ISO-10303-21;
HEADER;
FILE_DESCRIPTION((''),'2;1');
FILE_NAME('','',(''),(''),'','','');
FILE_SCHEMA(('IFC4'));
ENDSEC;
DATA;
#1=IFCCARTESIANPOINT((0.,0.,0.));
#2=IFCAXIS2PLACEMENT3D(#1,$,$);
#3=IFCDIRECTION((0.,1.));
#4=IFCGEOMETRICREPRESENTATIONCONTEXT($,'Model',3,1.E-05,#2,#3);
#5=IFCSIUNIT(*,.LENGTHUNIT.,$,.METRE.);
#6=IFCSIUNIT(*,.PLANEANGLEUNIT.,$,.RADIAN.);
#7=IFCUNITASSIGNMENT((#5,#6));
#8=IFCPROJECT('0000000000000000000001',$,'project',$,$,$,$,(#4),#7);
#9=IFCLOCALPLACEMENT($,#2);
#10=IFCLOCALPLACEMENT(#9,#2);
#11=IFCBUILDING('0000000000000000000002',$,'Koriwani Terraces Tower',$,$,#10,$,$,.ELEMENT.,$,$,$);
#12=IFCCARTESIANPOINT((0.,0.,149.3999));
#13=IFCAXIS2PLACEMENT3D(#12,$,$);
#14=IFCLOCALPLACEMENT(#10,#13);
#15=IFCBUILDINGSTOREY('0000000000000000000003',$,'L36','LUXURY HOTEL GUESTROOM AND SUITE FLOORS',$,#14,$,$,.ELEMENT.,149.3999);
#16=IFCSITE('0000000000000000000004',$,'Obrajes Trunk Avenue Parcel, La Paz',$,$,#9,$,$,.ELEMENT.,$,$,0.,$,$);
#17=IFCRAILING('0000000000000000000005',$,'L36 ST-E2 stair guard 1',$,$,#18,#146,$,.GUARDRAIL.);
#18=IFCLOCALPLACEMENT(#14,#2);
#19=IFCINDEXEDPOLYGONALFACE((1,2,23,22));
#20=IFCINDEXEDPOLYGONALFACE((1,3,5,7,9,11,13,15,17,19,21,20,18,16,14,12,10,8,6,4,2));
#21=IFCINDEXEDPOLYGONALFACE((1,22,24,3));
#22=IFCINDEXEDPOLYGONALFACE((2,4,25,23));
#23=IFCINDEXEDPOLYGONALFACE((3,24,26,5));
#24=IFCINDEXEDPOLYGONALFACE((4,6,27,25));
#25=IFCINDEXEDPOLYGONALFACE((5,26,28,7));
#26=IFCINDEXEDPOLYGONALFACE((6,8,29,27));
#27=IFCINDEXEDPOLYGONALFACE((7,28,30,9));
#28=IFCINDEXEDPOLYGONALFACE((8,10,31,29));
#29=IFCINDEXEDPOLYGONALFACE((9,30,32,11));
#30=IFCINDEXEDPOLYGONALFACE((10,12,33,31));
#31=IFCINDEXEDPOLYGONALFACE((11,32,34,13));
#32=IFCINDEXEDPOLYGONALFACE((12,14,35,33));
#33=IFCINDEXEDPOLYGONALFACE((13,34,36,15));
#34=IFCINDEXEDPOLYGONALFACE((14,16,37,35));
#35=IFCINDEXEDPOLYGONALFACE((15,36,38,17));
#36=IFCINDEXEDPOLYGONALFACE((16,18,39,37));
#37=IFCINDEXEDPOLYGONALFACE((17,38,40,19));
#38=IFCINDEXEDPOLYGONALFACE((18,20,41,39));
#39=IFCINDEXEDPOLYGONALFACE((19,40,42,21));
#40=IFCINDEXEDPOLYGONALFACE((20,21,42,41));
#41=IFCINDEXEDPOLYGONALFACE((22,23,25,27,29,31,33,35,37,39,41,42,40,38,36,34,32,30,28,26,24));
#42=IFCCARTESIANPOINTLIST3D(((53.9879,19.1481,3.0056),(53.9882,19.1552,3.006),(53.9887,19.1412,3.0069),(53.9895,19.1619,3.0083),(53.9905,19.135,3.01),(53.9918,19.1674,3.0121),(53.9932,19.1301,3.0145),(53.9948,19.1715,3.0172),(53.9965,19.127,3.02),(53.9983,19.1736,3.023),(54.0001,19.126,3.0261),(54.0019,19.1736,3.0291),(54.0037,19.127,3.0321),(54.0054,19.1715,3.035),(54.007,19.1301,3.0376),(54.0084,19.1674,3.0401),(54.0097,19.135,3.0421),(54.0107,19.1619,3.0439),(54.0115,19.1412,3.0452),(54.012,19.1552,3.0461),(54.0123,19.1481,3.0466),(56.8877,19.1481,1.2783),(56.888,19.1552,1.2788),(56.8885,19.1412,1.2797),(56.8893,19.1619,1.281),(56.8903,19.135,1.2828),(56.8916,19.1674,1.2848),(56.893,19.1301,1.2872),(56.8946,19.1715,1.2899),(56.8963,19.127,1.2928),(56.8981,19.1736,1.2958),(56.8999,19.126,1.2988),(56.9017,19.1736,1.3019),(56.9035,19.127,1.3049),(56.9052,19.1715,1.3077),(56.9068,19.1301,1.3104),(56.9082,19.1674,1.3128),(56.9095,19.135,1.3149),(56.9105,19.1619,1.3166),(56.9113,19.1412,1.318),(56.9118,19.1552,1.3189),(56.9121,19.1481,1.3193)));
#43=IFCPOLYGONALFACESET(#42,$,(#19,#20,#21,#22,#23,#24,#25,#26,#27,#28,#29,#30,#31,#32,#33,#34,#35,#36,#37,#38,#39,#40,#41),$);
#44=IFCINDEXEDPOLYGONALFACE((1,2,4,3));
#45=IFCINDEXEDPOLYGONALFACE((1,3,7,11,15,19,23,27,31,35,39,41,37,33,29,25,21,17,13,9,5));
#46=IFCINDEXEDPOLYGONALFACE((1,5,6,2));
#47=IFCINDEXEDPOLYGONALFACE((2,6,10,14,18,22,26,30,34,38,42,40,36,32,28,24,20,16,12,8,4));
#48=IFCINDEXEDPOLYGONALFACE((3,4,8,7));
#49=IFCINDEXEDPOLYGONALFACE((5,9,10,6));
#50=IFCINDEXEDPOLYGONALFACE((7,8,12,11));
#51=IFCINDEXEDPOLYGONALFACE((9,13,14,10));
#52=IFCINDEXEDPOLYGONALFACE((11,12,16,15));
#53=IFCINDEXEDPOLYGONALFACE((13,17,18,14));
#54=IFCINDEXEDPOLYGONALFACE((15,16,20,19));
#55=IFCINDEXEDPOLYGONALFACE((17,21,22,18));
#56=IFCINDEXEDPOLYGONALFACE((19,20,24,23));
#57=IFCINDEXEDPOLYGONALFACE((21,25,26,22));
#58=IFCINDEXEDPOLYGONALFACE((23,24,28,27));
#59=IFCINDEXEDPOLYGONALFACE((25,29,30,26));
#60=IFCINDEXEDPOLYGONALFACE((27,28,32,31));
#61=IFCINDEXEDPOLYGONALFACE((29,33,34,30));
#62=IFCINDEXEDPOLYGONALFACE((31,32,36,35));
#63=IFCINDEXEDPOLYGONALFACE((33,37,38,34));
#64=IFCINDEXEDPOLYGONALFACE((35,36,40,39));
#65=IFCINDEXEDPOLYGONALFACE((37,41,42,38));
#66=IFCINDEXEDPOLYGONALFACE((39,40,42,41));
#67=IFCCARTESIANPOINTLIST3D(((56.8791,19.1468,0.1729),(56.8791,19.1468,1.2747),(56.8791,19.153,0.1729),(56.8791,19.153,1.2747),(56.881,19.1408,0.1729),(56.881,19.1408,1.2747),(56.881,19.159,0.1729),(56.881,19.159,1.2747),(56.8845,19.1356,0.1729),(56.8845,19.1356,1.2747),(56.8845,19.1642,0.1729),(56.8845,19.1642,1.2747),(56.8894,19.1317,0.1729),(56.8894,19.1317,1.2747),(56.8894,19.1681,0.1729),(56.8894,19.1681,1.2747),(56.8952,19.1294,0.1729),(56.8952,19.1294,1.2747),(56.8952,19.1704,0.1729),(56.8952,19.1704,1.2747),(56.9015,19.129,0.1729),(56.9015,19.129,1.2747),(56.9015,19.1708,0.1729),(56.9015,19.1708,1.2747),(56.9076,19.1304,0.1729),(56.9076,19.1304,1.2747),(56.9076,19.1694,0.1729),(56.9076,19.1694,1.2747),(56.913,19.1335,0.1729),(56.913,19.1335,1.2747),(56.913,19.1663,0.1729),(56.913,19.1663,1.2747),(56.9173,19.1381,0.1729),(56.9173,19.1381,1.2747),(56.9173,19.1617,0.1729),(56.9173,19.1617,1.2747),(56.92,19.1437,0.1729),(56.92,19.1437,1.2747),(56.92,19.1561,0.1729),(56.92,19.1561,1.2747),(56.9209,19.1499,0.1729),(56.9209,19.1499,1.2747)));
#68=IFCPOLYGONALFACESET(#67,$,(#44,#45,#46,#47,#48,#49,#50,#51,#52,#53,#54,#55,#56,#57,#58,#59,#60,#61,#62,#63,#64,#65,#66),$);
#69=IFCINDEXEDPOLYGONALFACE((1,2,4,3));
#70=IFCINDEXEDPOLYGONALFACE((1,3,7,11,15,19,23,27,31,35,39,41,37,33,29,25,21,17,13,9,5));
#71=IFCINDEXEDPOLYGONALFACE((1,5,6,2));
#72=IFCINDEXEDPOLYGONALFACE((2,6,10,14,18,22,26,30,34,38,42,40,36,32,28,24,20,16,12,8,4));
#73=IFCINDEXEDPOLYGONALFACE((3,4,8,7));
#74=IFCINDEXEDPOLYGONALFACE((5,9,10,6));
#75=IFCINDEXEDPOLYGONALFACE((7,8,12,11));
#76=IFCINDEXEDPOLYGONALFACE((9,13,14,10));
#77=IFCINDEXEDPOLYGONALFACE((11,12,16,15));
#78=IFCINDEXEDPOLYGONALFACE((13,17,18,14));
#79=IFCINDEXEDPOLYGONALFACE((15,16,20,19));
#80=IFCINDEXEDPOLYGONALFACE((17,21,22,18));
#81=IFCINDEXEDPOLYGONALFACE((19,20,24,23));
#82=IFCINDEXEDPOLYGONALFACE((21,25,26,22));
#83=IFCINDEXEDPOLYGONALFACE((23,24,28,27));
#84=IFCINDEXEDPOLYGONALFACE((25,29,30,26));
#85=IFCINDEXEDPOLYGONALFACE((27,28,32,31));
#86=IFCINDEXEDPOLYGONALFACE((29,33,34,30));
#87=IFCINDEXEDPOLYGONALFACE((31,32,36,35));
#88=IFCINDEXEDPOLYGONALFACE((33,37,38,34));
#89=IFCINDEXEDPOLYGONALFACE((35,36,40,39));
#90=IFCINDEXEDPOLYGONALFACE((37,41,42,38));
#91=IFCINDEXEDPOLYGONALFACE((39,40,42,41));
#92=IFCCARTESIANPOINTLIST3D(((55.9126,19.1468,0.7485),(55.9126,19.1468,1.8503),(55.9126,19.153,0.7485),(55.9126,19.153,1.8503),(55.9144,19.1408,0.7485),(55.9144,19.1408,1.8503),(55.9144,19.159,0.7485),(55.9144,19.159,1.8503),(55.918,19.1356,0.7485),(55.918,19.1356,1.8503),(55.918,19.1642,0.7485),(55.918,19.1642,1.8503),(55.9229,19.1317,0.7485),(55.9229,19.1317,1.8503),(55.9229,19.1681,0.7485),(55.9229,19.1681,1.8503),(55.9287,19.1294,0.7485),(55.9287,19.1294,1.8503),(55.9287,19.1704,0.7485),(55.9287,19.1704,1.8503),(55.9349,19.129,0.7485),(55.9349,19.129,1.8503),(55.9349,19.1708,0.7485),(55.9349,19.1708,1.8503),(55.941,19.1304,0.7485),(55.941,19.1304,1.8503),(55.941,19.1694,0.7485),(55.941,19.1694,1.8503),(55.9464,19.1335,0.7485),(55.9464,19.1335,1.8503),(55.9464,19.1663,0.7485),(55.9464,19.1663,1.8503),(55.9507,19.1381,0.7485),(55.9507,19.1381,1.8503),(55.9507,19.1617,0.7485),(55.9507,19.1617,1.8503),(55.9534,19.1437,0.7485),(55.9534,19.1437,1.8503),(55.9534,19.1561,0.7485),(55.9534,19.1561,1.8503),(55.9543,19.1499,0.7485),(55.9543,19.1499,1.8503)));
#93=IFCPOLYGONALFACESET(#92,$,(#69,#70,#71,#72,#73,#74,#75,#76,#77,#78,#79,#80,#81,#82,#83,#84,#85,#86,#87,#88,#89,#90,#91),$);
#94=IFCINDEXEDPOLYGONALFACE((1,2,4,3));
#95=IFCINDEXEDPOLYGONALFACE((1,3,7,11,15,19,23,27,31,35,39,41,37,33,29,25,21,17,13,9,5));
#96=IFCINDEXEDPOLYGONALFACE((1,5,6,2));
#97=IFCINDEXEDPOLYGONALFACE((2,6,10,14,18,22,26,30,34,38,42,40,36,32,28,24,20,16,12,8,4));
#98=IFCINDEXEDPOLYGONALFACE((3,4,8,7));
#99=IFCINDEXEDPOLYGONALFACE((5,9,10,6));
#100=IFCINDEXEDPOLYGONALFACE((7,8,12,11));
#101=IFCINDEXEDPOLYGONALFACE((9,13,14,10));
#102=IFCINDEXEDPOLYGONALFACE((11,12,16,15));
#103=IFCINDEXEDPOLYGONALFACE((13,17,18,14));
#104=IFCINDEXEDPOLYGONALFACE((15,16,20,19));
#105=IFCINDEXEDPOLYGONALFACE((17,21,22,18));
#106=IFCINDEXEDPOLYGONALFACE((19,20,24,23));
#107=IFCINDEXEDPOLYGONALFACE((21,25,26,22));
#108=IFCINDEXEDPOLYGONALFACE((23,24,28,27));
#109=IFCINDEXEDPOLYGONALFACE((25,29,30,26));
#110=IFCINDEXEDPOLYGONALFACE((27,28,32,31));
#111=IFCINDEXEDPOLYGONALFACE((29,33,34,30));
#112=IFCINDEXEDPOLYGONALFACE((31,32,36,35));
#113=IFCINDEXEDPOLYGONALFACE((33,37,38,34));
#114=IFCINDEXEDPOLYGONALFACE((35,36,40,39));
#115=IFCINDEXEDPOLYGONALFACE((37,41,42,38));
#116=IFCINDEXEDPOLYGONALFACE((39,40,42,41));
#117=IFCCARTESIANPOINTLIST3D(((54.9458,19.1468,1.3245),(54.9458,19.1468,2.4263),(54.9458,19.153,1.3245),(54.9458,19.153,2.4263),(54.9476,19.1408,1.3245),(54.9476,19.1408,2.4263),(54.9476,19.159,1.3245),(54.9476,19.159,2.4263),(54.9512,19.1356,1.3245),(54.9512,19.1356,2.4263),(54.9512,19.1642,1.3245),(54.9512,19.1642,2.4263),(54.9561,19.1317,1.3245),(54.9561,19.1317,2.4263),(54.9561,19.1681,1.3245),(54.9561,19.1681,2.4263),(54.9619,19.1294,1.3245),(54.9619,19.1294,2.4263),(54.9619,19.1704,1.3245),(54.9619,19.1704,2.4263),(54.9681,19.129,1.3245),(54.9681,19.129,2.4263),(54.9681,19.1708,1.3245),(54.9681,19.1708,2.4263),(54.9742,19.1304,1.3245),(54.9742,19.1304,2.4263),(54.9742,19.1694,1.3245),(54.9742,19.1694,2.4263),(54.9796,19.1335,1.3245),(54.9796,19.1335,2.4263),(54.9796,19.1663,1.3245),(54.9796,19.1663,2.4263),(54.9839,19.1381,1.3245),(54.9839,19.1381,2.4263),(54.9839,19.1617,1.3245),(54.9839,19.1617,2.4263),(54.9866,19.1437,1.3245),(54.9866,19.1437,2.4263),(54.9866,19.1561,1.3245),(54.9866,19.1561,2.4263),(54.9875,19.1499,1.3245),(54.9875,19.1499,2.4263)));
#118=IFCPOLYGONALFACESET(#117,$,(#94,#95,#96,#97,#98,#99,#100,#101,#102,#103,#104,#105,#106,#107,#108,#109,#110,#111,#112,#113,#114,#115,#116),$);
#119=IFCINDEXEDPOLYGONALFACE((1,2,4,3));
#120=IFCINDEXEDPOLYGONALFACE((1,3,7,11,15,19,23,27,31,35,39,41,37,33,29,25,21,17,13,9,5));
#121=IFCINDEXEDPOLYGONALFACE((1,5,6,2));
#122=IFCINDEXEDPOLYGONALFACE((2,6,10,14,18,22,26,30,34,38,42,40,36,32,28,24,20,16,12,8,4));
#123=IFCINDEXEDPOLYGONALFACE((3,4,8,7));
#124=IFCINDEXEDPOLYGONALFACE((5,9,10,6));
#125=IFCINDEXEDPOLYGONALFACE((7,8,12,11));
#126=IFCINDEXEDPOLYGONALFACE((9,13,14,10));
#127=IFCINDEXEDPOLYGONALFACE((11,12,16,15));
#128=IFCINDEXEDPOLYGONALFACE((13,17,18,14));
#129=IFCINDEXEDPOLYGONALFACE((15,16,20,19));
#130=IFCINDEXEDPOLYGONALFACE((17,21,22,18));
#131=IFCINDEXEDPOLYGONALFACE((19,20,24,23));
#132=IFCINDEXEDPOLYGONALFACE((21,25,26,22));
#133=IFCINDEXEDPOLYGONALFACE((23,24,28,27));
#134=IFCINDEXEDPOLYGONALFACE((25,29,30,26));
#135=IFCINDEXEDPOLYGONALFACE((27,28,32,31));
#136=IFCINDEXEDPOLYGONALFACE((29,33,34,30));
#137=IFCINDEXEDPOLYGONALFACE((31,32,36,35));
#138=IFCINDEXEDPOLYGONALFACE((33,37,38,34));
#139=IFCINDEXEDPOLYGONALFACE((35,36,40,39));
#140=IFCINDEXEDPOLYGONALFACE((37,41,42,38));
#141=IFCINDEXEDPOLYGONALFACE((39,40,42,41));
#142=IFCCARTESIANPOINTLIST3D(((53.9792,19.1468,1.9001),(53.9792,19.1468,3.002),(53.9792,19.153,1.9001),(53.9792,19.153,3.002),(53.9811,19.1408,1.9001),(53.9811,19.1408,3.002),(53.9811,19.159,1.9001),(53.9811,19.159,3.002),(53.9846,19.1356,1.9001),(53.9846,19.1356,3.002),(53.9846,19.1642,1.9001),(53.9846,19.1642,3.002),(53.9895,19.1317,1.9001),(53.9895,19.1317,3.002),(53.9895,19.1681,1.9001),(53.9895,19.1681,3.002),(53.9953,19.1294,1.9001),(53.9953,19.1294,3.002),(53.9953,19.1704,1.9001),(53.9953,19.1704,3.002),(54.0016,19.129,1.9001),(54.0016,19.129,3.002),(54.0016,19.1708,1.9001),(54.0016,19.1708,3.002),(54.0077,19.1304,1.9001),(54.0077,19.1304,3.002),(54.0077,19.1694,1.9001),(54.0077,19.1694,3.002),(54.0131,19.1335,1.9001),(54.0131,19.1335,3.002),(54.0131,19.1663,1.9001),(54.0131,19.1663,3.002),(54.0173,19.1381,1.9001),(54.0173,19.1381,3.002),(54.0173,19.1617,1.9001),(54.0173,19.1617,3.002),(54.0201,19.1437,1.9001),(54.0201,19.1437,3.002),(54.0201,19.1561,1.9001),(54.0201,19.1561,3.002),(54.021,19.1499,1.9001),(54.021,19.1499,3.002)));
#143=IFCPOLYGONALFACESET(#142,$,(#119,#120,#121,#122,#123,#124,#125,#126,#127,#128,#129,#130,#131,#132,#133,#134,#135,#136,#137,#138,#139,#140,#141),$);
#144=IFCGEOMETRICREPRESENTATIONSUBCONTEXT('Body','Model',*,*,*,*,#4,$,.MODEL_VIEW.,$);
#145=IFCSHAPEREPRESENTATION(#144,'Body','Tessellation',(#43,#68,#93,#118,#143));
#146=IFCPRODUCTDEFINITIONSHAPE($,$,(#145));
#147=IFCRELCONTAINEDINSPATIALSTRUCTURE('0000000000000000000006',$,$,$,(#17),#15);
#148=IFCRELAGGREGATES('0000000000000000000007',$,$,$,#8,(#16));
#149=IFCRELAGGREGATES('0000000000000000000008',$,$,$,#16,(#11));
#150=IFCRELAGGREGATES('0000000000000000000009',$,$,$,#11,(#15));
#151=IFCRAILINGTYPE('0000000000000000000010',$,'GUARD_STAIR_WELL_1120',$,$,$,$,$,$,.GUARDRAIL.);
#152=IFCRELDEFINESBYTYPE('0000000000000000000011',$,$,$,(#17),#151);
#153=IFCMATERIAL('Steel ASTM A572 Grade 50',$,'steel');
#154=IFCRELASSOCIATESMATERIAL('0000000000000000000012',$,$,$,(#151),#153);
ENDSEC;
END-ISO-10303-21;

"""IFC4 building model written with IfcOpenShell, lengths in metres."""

from ifc_helpers import new_model, si_unit, direction, frame, origin, origin_2d, place, context, subcontext, project, spatial, circle, extrude, material, type_object, element, save


model = new_model("IFC4")

# Units and contexts
model_context = context("Model", 3, precision=1e-05, world=origin(), true_north=direction((0.0, 1.0)))
body_context = subcontext(model_context, "Body", "Model", "MODEL_VIEW")
ifc_project = project(units=[si_unit("LENGTHUNIT", "METRE"), si_unit("PLANEANGLEUNIT", "RADIAN")], contexts=[model_context])

# Site, building, storey
site_placement = place(None, origin())
site = spatial("IfcSite", under=ifc_project, at=site_placement, Name="Obrajes Trunk Avenue Parcel, La Paz", CompositionType="ELEMENT", RefElevation=0.0)
building_placement = place(site_placement, origin())
building = spatial("IfcBuilding", under=site, at=building_placement, Name="Koriwani Terraces Tower", CompositionType="ELEMENT")
storey_placement = place(building_placement, frame((0.0, 0.0, 149.3999)))
storey = spatial("IfcBuildingStorey", under=building, at=storey_placement, Name="L36", Description="LUXURY HOTEL GUESTROOM AND SUITE FLOORS", CompositionType="ELEMENT", Elevation=149.3999)

# Shared definitions
ifc_material_1 = material(Name="Steel ASTM A572 Grade 50", Category="steel")

# Railing
railing_type_1 = type_object("IfcRailingType", Name="GUARD_STAIR_WELL_1120", PredefinedType="GUARDRAIL", material=ifc_material_1)
railing_1_placement = place(storey_placement, frame((56.8999, 19.1499, 0.1729)))
element("IfcRailing", 1, at=railing_1_placement, inside=storey, type_object=railing_type_1, Name="L36 ST-E2 stair guard 1", PredefinedType="GUARDRAIL", context=body_context, shape_type="SweptSolid", body=[
    extrude(circle(Radius=0.0239, at=origin_2d()), frame((0.0, 0.0, 1.126), z_axis=(-0.859141, 0.0, 0.511738), x_axis=(0.0, -1.0, 0.0)), (0.0, 0.0, 1.0), 3.3752),
    extrude(circle(Radius=0.021, at=origin_2d()), origin(), (0.0, 0.0, 1.0), 1.1018),
    extrude(circle(Radius=0.021, at=origin_2d()), frame((-0.9666, 0.0, 0.5757)), (0.0, 0.0, 1.0), 1.1018),
    extrude(circle(Radius=0.021, at=origin_2d()), frame((-1.9333, 0.0, 1.1516)), (0.0, 0.0, 1.0), 1.1018),
    extrude(circle(Radius=0.021, at=origin_2d()), frame((-2.8999, 0.0, 1.7273)), (0.0, 0.0, 1.0), 1.1018),
])

save(model, "model.ifc")
